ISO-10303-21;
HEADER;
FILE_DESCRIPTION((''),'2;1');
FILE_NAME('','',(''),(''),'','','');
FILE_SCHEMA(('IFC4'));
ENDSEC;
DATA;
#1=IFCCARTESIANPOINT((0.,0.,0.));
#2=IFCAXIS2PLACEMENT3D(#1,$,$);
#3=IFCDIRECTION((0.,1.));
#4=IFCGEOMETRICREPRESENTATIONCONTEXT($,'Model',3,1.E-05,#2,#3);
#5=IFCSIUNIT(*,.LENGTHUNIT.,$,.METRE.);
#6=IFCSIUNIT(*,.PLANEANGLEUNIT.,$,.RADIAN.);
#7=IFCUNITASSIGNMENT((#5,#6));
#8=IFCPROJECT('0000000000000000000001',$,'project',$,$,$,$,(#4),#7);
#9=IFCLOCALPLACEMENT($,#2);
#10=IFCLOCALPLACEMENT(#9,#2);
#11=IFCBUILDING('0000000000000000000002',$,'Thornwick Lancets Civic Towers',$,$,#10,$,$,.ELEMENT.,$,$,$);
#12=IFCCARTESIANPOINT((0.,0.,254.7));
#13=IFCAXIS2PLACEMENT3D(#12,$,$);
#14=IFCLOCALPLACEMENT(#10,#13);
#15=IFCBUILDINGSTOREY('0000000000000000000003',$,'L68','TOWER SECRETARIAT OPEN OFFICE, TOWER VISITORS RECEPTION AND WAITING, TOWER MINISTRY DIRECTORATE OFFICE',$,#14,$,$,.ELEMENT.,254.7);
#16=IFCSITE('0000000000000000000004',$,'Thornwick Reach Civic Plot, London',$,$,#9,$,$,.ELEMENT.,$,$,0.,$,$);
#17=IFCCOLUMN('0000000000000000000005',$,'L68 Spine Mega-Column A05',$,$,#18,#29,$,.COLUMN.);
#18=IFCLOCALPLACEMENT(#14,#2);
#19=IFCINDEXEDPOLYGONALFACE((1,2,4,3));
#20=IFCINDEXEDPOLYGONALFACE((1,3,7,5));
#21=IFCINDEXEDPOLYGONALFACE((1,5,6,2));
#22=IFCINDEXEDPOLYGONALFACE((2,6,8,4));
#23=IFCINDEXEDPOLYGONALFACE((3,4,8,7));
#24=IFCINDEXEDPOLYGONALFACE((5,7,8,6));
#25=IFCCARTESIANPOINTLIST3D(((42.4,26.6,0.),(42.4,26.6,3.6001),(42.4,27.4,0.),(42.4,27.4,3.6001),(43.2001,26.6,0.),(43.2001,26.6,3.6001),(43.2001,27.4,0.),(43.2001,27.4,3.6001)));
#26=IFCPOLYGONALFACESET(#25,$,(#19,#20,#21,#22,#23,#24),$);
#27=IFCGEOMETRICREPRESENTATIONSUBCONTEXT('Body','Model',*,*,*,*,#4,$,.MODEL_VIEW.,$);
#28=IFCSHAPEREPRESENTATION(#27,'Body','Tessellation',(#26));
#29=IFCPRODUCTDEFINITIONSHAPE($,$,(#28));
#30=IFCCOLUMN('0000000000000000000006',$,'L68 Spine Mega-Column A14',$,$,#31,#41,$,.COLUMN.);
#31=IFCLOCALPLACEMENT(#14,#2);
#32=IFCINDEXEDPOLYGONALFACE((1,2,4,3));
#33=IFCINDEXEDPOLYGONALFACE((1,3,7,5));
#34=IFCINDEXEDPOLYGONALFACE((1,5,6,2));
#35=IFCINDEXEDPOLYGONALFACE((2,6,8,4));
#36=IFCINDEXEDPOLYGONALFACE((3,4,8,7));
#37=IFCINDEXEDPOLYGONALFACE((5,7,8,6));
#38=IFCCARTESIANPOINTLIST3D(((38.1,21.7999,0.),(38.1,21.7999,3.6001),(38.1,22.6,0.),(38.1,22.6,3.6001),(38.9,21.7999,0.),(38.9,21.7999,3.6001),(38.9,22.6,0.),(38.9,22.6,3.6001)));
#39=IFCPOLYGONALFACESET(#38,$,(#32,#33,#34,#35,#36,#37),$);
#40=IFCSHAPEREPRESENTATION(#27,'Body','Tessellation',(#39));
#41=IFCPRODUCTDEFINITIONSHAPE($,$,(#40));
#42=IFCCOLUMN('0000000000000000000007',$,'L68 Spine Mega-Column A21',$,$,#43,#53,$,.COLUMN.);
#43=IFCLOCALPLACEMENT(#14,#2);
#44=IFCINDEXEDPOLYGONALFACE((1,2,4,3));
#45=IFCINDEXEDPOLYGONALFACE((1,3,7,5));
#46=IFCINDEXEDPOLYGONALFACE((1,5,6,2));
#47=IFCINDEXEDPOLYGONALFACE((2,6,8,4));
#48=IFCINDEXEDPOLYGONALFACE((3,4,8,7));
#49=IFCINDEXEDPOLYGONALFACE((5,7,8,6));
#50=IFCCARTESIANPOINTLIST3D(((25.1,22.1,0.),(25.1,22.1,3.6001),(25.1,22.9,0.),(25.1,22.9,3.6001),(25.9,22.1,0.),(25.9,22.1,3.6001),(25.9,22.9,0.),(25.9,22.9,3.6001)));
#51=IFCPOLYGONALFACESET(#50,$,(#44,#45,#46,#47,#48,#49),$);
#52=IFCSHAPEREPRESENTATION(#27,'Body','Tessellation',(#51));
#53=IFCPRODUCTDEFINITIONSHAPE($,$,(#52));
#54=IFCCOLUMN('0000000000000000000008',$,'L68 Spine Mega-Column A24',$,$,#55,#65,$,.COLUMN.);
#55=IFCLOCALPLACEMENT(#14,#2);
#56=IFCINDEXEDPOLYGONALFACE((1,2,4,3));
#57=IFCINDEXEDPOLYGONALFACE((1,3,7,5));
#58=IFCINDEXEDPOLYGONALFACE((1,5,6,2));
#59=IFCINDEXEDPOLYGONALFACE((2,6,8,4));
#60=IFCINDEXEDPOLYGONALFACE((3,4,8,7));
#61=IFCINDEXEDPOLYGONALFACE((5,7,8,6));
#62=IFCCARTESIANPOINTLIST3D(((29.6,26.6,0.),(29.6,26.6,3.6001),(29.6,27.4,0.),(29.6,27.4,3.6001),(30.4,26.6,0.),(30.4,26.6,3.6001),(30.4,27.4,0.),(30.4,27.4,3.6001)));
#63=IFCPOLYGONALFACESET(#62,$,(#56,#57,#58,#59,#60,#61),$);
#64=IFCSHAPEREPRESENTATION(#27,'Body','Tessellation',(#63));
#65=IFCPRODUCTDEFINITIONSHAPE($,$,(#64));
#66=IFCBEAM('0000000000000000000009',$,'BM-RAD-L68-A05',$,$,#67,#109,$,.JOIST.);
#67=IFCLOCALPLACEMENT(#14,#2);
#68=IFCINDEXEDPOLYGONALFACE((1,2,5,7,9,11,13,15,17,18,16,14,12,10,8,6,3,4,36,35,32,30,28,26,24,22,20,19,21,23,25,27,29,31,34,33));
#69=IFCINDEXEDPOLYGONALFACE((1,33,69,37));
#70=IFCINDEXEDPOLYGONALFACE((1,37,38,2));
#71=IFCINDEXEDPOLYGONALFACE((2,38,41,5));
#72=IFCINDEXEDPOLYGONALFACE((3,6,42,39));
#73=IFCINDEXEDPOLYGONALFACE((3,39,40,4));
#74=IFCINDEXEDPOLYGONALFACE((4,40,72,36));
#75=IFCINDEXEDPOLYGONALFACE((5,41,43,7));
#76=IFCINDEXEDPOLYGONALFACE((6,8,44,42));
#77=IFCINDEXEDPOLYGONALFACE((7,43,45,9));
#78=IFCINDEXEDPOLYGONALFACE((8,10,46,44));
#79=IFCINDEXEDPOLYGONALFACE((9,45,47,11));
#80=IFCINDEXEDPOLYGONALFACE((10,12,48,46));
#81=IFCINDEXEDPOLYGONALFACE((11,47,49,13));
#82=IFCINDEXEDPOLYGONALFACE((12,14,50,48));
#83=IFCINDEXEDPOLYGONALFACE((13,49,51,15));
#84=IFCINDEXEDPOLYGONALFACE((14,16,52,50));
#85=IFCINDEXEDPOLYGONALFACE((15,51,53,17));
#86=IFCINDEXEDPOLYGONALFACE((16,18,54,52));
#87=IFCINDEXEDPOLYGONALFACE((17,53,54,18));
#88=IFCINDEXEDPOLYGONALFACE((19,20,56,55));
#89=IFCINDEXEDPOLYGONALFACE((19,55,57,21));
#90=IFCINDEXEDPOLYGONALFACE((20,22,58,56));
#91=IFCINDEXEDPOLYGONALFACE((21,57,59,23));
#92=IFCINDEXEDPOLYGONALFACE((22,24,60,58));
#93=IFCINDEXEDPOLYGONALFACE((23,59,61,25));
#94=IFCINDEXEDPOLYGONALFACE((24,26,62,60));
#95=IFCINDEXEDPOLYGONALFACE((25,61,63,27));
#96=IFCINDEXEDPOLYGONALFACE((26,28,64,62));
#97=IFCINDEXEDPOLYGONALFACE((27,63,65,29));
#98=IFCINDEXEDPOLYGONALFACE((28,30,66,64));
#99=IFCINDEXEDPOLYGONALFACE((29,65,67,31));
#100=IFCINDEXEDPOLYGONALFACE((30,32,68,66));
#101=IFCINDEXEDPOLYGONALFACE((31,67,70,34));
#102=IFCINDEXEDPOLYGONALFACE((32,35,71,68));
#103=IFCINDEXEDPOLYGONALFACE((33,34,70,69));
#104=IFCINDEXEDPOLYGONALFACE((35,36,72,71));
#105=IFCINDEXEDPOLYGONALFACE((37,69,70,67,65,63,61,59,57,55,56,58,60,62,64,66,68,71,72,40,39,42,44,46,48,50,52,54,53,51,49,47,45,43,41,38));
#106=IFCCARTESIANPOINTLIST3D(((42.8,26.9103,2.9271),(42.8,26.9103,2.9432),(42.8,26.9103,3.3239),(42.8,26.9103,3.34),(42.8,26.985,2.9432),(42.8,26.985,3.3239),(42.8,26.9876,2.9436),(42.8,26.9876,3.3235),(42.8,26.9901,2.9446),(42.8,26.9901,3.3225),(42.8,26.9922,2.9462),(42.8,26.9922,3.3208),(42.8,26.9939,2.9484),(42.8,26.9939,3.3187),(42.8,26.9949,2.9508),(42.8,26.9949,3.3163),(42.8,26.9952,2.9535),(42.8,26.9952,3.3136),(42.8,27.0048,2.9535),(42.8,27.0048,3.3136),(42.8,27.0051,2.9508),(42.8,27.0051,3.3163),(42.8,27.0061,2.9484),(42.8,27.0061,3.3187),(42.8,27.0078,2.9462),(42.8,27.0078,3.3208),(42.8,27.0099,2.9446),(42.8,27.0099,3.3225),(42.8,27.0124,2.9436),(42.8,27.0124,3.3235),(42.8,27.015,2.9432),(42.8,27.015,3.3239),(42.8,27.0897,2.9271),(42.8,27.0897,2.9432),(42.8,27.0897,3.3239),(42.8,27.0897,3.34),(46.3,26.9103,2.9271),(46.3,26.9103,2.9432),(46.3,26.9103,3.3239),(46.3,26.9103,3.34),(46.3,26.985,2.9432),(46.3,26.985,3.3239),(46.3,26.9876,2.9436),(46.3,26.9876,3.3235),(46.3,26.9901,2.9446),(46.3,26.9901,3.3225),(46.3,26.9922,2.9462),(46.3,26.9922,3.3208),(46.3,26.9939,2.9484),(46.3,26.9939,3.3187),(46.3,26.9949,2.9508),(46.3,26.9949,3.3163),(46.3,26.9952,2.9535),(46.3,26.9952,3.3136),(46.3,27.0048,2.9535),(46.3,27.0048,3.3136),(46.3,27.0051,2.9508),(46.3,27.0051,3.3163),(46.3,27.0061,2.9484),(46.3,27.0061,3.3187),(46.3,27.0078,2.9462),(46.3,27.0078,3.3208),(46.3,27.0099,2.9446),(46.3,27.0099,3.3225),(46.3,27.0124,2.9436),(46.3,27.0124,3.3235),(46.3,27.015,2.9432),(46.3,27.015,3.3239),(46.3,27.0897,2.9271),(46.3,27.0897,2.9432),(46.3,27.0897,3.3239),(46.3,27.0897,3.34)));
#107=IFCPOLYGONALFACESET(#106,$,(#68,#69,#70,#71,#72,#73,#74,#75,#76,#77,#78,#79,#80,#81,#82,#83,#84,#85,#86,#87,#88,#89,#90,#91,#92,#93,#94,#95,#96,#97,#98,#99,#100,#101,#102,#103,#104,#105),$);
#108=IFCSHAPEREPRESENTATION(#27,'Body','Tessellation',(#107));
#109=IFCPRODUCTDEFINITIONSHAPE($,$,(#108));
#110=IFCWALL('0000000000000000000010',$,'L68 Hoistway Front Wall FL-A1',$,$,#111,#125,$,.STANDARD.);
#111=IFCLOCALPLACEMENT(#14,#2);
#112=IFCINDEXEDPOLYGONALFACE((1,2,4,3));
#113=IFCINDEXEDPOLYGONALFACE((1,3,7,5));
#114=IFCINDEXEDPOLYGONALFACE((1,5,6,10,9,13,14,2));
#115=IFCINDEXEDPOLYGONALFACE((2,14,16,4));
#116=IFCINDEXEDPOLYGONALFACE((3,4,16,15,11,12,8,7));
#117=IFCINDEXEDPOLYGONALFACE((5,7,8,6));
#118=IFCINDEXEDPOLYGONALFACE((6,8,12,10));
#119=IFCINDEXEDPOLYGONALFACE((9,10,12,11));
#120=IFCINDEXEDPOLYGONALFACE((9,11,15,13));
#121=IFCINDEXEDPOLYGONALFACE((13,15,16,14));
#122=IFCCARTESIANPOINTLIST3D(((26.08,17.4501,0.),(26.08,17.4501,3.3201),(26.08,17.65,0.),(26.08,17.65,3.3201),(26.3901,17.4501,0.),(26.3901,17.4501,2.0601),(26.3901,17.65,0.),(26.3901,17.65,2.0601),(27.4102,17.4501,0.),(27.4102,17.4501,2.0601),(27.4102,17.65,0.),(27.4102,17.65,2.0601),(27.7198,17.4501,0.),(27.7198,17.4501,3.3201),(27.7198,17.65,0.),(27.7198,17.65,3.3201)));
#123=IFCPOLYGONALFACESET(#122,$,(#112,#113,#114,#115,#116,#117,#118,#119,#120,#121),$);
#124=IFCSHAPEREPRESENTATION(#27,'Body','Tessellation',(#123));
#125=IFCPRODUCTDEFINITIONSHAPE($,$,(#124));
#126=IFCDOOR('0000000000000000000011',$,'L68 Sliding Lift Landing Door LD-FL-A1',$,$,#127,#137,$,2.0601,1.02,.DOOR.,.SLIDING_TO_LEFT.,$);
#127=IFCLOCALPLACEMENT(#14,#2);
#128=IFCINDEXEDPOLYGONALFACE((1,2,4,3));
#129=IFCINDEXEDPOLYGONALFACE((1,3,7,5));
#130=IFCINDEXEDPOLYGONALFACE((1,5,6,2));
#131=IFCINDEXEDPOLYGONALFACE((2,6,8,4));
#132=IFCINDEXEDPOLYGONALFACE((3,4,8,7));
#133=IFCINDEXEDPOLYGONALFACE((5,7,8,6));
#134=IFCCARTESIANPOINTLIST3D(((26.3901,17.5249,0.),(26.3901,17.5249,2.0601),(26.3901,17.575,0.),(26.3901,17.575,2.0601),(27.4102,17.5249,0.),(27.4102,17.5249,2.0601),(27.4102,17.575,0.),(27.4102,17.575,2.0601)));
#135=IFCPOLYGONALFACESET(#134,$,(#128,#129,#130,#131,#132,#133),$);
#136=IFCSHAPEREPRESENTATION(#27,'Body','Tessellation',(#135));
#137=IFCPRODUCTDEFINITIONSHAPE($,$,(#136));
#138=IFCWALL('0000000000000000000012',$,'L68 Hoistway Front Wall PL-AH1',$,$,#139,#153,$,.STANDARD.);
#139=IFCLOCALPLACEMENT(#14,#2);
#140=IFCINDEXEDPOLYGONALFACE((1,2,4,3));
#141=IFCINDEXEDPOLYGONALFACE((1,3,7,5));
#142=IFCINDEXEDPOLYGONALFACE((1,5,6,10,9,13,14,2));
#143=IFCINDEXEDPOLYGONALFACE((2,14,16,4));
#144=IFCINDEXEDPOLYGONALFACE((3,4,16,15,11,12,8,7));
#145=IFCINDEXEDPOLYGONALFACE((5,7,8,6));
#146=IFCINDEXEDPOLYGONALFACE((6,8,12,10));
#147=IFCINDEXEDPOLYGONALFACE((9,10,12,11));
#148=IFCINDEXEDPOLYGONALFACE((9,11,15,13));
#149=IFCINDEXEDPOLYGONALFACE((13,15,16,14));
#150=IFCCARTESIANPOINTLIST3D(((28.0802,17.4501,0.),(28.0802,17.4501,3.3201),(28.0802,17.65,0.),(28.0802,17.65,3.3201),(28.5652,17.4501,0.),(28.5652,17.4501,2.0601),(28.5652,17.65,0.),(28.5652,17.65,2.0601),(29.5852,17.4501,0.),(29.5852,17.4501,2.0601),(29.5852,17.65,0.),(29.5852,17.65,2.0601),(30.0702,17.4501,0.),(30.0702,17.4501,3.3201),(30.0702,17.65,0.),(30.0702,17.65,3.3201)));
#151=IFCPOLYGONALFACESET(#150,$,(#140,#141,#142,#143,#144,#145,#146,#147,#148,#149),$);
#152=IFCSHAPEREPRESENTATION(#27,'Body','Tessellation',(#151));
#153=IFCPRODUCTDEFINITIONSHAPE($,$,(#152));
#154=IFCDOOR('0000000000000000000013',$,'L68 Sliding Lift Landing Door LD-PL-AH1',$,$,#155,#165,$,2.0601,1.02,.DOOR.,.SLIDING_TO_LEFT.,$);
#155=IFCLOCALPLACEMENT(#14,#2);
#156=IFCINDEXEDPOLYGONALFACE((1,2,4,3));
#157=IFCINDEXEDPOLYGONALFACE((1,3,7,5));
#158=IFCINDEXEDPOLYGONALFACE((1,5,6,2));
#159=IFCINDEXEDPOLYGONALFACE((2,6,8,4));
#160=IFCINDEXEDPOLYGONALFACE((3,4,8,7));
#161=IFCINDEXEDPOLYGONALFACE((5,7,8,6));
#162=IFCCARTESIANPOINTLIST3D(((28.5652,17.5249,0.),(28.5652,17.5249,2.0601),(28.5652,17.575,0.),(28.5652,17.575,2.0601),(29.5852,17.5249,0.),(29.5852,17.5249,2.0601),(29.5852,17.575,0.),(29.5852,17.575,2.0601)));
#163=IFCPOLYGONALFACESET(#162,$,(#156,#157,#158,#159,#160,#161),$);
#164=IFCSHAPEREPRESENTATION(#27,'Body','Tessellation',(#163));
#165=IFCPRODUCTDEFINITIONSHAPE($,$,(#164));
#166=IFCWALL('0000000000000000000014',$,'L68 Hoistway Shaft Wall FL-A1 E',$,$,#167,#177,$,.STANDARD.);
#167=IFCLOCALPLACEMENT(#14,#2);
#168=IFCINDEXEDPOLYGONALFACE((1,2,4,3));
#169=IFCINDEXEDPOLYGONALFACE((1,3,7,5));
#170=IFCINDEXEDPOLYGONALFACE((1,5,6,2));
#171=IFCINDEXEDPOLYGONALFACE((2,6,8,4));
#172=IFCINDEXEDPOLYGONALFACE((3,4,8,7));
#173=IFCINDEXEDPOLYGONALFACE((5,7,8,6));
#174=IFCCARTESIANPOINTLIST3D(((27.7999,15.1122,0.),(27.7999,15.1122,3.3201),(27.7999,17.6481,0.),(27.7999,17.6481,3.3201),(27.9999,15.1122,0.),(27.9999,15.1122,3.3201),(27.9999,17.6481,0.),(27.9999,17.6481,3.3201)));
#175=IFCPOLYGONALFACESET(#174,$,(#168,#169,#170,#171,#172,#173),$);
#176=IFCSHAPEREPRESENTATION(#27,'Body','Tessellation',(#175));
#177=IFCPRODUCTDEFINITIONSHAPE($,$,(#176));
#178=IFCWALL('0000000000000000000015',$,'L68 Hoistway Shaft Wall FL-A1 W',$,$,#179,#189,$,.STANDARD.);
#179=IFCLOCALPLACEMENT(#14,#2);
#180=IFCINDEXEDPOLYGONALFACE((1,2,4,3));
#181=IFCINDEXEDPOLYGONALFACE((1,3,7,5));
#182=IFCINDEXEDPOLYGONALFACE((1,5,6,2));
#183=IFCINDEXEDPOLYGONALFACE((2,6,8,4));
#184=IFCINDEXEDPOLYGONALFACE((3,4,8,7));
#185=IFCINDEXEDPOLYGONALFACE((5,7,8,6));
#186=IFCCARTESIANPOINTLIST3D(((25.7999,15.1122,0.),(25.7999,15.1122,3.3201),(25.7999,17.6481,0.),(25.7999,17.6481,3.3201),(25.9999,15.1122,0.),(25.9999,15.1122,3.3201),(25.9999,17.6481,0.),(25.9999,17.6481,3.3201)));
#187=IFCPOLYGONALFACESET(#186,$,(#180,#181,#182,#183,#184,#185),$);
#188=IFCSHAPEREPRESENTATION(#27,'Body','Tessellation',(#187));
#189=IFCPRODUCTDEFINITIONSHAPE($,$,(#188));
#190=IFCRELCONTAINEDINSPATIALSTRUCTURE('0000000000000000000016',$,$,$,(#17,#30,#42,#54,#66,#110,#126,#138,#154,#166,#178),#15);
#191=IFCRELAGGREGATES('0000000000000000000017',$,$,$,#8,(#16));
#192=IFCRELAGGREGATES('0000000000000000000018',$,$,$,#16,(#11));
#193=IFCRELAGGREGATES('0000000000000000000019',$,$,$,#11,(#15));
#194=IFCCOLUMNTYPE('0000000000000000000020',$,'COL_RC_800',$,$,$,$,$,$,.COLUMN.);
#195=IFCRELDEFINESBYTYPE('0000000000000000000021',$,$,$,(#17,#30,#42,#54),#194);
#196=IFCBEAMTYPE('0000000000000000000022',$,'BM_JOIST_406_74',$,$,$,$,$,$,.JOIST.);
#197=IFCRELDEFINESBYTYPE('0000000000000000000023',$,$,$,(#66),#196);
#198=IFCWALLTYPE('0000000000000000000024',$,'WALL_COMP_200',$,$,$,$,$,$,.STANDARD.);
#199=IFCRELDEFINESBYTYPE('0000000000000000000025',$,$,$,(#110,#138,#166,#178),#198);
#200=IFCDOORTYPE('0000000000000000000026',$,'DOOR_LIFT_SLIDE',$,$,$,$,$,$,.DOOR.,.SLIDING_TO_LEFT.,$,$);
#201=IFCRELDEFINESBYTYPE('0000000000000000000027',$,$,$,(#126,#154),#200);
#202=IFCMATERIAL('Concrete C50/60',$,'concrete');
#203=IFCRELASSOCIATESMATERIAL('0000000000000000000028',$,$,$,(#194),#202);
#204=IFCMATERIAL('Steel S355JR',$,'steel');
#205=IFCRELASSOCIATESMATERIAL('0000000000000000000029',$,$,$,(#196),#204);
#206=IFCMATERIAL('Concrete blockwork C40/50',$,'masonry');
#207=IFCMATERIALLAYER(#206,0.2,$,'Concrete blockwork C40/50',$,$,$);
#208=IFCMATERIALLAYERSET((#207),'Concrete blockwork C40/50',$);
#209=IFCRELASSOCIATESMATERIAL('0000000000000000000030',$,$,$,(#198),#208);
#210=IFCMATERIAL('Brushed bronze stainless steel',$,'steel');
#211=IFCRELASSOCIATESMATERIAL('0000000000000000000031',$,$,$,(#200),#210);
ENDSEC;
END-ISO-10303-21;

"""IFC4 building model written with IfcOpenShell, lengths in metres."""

from ifc_helpers import new_model, si_unit, direction, frame, frame_2d, origin, origin_2d, place, context, subcontext, project, spatial, rectangle, i_section, extrude, material, layer, layer_set, material_profile, profile_set, type_object, element, fill, save


model = new_model("IFC4")

# Units and contexts
model_context = context("Model", 3, precision=1e-05, world=origin(), true_north=direction((0.0, 1.0)))
body_context = subcontext(model_context, "Body", "Model", "MODEL_VIEW")
ifc_project = project(units=[si_unit("LENGTHUNIT", "METRE"), si_unit("PLANEANGLEUNIT", "RADIAN")], contexts=[model_context])

# Site, building, storey
site_placement = place(None, origin())
site = spatial("IfcSite", under=ifc_project, at=site_placement, Name="Thornwick Reach Civic Plot, London", CompositionType="ELEMENT", RefElevation=0.0)
building_placement = place(site_placement, origin())
building = spatial("IfcBuilding", under=site, at=building_placement, Name="Thornwick Lancets Civic Towers", CompositionType="ELEMENT")
storey_placement = place(building_placement, frame((0.0, 0.0, 254.7)))
storey = spatial("IfcBuildingStorey", under=building, at=storey_placement, Name="L68", Description="TOWER SECRETARIAT OPEN OFFICE, TOWER VISITORS RECEPTION AND WAITING, TOWER MINISTRY DIRECTORATE OFFICE", CompositionType="ELEMENT", Elevation=254.7)

# Columns
ifc_material_1 = material(Name="Concrete C50/60", Category="concrete")
ifc_material_profile_1 = material_profile(ifc_material_1, rectangle(XDim=0.8, YDim=0.8, at=origin_2d()), Name="RC 800x800")
ifc_profile_set_1 = profile_set([ifc_material_profile_1], Name="Concrete C50/60")
column_type = type_object("IfcColumnType", Name="COL_RC_800", PredefinedType="COLUMN", material=ifc_profile_set_1)
for number, where, z_axis, x_axis, name in (
    (1, (42.8, 27.0, 0.0), (0.0, 0.0, 1.0), (1.0, 0.0, 0.0), "L68 Spine Mega-Column A05"),
    (2, (38.5, 22.2, 0.0), (0.0, 0.0, 1.0), (1.0, 0.0, 0.0), "L68 Spine Mega-Column A14"),
    (3, (25.5, 22.5, 0.0), (0.0, 0.0, 1.0), (1.0, 0.0, 0.0), "L68 Spine Mega-Column A21"),
    (4, (30.0, 27.0, 0.0), (0.0, 0.0, 1.0), (1.0, 0.0, 0.0), "L68 Spine Mega-Column A24"),
):
    element("IfcColumn", number, at=place(storey_placement, frame(where, z_axis=z_axis, x_axis=x_axis)), inside=storey, type_object=column_type, Name=name, PredefinedType="COLUMN", context=body_context, shape_type="SweptSolid", body=[
        extrude(rectangle(XDim=0.8, YDim=0.8, at=origin_2d()), origin(), (0.0, 0.0, 1.0), 3.6001),
    ])

# Beam
ifc_material_2 = material(Name="Steel S355JR", Category="steel")
ifc_material_profile_2 = material_profile(ifc_material_2, i_section(OverallWidth=0.1794, OverallDepth=0.4128, WebThickness=0.0095, FlangeThickness=0.0161, FilletRadius=0.0103, at=origin_2d()), Name="UKB 406x178x74")
ifc_profile_set_2 = profile_set([ifc_material_profile_2], Name="Steel S355JR")
beam_type = type_object("IfcBeamType", Name="BM_JOIST_406_74", PredefinedType="JOIST", material=ifc_profile_set_2)
beam_placement = place(storey_placement, frame((42.8, 27.0, 3.1335), z_axis=(1.0, 0.0, 0.0), x_axis=(0.0, 1.0, 0.0)))
element("IfcBeam", 5, at=beam_placement, inside=storey, type_object=beam_type, Name="BM-RAD-L68-A05", PredefinedType="JOIST", context=body_context, shape_type="SweptSolid", body=[
    extrude(i_section(OverallWidth=0.1794, OverallDepth=0.4128, WebThickness=0.0095, FlangeThickness=0.0161, FilletRadius=0.0103, at=origin_2d()), origin(), (0.0, 0.0, 1.0), 3.5),
])

# Walls, openings, doors
ifc_material_3 = material(Name="Concrete blockwork C40/50", Category="masonry")
ifc_layer_1 = layer(ifc_material_3, 0.2, Name="Concrete blockwork C40/50")
ifc_layer_set_1 = layer_set([ifc_layer_1], Name="Concrete blockwork C40/50")
wall_type_1 = type_object("IfcWallType", Name="WALL_COMP_200", PredefinedType="STANDARD", material=ifc_layer_set_1)
wall_1_placement = place(storey_placement, frame((26.0801, 17.55, 0.0), z_axis=(0.0, 0.0, 1.0), x_axis=(1.0, 0.0, 0.0)))
wall_1 = element("IfcWall", 6, at=wall_1_placement, inside=storey, type_object=wall_type_1, Name="L68 Hoistway Front Wall FL-A1", PredefinedType="STANDARD", context=body_context, shape_type="SweptSolid", body=[
    extrude(rectangle(XDim=1.6399, YDim=0.2, at=frame_2d((0.8198, 0.0))), origin(), (0.0, 0.0, 1.0), 3.3201),
])
opening_1_placement = place(wall_1_placement, frame((0.3101, 0.0, 0.0)))
opening_1 = element("IfcOpeningElement", 7, at=opening_1_placement, cuts=wall_1, PredefinedType="OPENING", context=body_context, shape_type="SweptSolid", body=[
    extrude(rectangle(XDim=1.02, YDim=2.0601, at=frame_2d((0.51, 1.03))), frame((0.0, 0.1099, 0.0), z_axis=(0.0, -1.0, 0.0), x_axis=(1.0, 0.0, 0.0)), (0.0, 0.0, 1.0), 0.22),
])
ifc_material_4 = material(Name="Brushed bronze stainless steel", Category="steel")
door_type_1 = type_object("IfcDoorType", Name="DOOR_LIFT_SLIDE", OperationType="SLIDING_TO_LEFT", PredefinedType="DOOR", material=ifc_material_4)
door_1_placement = place(opening_1_placement, origin())
door_1 = element("IfcDoor", 8, at=door_1_placement, inside=storey, type_object=door_type_1, Name="L68 Sliding Lift Landing Door LD-FL-A1", OperationType="SLIDING_TO_LEFT", OverallHeight=2.0601, OverallWidth=1.02, PredefinedType="DOOR", context=body_context, shape_type="SweptSolid", body=[
    extrude(rectangle(XDim=1.02, YDim=2.0601, at=frame_2d((0.51, 1.03))), frame((0.0, 0.0249, 0.0), z_axis=(0.0, -1.0, 0.0), x_axis=(1.0, 0.0, 0.0)), (0.0, 0.0, 1.0), 0.05),
])
fill(opening_1, door_1)
wall_2_placement = place(storey_placement, frame((28.0801, 17.55, 0.0), z_axis=(0.0, 0.0, 1.0), x_axis=(1.0, 0.0, 0.0)))
wall_2 = element("IfcWall", 9, at=wall_2_placement, inside=storey, type_object=wall_type_1, Name="L68 Hoistway Front Wall PL-AH1", PredefinedType="STANDARD", context=body_context, shape_type="SweptSolid", body=[
    extrude(rectangle(XDim=1.99, YDim=0.2, at=frame_2d((0.9951, 0.0))), origin(), (0.0, 0.0, 1.0), 3.3201),
])
opening_2_placement = place(wall_2_placement, frame((0.4851, 0.0, 0.0)))
opening_2 = element("IfcOpeningElement", 10, at=opening_2_placement, cuts=wall_2, PredefinedType="OPENING", context=body_context, shape_type="SweptSolid", body=[
    extrude(rectangle(XDim=1.02, YDim=2.0601, at=frame_2d((0.51, 1.03))), frame((0.0, 0.1099, 0.0), z_axis=(0.0, -1.0, 0.0), x_axis=(1.0, 0.0, 0.0)), (0.0, 0.0, 1.0), 0.22),
])
door_2_placement = place(opening_2_placement, origin())
door_2 = element("IfcDoor", 11, at=door_2_placement, inside=storey, type_object=door_type_1, Name="L68 Sliding Lift Landing Door LD-PL-AH1", OperationType="SLIDING_TO_LEFT", OverallHeight=2.0601, OverallWidth=1.02, PredefinedType="DOOR", context=body_context, shape_type="SweptSolid", body=[
    extrude(rectangle(XDim=1.02, YDim=2.0601, at=frame_2d((0.51, 1.03))), frame((0.0, 0.0249, 0.0), z_axis=(0.0, -1.0, 0.0), x_axis=(1.0, 0.0, 0.0)), (0.0, 0.0, 1.0), 0.05),
])
fill(opening_2, door_2)

# Walls
for number, where, z_axis, x_axis, name in (
    (12, (27.8999, 15.1121, 0.0), (0.0, 0.0, 1.0), (0.0, 1.0, 0.0), "L68 Hoistway Shaft Wall FL-A1 E"),
    (13, (25.8999, 15.1121, 0.0), (0.0, 0.0, 1.0), (0.0, 1.0, 0.0), "L68 Hoistway Shaft Wall FL-A1 W"),
):
    element("IfcWall", number, at=place(storey_placement, frame(where, z_axis=z_axis, x_axis=x_axis)), inside=storey, type_object=wall_type_1, Name=name, PredefinedType="STANDARD", context=body_context, shape_type="SweptSolid", body=[
        extrude(rectangle(XDim=2.5359, YDim=0.2, at=frame_2d((1.2681, 0.0))), origin(), (0.0, 0.0, 1.0), 3.3201),
    ])

save(model, "model.ifc")
